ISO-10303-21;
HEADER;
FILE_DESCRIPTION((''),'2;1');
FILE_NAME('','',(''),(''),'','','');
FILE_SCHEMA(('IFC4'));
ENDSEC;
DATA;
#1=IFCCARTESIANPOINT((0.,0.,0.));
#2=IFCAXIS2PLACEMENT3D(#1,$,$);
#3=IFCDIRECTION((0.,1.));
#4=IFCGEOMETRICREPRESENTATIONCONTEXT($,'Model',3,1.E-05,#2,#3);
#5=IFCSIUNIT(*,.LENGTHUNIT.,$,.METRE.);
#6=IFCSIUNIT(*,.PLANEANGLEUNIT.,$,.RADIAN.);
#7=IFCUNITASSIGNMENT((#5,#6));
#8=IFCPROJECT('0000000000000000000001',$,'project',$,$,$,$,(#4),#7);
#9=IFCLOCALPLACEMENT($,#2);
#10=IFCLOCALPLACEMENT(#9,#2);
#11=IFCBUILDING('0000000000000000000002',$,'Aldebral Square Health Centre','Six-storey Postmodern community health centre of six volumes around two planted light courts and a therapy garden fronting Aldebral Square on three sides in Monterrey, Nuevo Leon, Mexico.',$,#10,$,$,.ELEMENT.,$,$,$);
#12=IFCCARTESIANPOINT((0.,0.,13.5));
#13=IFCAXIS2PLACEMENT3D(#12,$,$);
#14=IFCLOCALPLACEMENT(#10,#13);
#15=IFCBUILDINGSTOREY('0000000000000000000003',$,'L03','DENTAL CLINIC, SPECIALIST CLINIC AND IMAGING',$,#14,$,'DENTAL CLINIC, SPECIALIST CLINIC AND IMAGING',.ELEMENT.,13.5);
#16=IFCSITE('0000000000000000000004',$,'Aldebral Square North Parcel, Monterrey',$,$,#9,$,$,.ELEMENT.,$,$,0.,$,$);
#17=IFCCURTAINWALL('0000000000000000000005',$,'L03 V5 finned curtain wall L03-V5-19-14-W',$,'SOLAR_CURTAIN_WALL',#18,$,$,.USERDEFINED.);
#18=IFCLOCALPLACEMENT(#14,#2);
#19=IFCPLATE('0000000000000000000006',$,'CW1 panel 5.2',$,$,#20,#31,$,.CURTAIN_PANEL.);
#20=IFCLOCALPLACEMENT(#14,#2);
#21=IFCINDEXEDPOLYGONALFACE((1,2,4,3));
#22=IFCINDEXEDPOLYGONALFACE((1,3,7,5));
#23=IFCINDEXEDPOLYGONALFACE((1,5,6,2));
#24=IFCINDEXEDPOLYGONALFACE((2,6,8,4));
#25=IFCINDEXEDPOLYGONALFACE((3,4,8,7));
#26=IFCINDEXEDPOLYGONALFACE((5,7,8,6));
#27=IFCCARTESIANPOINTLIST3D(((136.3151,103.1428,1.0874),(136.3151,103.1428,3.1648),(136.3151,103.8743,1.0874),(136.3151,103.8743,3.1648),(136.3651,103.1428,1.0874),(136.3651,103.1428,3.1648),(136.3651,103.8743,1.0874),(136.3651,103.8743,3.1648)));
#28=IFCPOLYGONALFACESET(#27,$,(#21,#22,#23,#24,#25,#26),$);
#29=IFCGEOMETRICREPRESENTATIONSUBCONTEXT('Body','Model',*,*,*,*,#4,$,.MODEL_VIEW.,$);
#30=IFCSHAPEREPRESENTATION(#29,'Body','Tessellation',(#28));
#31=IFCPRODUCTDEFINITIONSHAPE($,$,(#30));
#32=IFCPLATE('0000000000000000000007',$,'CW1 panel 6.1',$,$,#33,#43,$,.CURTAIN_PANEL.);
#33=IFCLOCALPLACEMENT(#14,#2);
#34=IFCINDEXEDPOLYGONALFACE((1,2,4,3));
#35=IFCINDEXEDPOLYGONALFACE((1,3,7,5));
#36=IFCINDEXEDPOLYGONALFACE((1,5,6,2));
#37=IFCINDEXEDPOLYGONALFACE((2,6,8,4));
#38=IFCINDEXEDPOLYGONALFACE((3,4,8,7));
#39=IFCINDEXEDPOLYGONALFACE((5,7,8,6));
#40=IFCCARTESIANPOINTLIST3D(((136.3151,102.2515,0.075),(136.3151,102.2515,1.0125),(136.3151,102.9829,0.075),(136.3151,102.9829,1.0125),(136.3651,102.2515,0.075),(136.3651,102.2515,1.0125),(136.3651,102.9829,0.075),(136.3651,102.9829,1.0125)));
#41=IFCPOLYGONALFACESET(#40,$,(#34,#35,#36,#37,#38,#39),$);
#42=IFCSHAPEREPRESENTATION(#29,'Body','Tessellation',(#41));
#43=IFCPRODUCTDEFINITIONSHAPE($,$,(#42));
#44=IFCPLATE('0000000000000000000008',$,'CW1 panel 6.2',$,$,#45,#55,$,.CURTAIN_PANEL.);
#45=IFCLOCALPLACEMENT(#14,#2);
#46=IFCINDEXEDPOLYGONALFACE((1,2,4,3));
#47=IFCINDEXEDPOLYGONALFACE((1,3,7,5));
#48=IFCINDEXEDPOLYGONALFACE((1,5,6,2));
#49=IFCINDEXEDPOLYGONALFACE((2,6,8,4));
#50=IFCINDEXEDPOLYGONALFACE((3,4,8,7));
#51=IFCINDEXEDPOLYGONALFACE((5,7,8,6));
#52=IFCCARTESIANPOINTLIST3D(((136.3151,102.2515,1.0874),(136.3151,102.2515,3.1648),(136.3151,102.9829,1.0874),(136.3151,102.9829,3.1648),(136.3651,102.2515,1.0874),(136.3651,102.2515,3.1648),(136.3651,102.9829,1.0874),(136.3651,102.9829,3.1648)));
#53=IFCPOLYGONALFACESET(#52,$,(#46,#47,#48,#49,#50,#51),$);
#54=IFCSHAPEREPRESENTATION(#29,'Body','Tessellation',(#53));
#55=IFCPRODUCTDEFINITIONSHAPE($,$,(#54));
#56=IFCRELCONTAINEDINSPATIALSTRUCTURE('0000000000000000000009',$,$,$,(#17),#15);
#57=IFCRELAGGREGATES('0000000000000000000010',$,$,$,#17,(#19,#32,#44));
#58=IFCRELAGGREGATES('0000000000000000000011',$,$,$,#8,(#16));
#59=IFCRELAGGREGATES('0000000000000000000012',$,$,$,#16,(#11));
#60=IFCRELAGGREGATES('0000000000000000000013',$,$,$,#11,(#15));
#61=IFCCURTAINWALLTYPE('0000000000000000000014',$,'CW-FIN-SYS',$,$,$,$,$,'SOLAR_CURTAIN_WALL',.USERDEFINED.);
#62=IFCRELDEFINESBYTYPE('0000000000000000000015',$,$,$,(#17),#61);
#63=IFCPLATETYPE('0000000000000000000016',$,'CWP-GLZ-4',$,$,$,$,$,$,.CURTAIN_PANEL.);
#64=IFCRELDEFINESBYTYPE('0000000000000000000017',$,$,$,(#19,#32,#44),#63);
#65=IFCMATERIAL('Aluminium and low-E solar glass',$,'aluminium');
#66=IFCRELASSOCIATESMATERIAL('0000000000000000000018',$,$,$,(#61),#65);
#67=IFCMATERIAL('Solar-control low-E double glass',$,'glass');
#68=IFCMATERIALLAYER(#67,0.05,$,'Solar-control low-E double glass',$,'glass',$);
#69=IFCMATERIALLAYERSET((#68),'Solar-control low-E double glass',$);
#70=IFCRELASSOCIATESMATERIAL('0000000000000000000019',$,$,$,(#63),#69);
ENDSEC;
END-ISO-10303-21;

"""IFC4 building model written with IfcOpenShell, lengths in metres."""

from ifc_helpers import new_model, si_unit, direction, frame, origin, origin_2d, place, context, subcontext, project, spatial, rectangle, extrude, material, layer, layer_set, type_object, element, aggregate, save


model = new_model("IFC4")

# Units and contexts
model_context = context("Model", 3, precision=1e-05, world=origin(), true_north=direction((0.0, 1.0)))
body_context = subcontext(model_context, "Body", "Model", "MODEL_VIEW")
ifc_project = project(units=[si_unit("LENGTHUNIT", "METRE"), si_unit("PLANEANGLEUNIT", "RADIAN")], contexts=[model_context])

# Site, building, storey
site_placement = place(None, origin())
site = spatial("IfcSite", under=ifc_project, at=site_placement, Name="Aldebral Square North Parcel, Monterrey", CompositionType="ELEMENT", RefElevation=0.0)
building_placement = place(site_placement, origin())
building = spatial("IfcBuilding", under=site, at=building_placement, Name="Aldebral Square Health Centre", Description="Six-storey Postmodern community health centre of six volumes around two planted light courts and a therapy garden fronting Aldebral Square on three sides in Monterrey, Nuevo Leon, Mexico.", CompositionType="ELEMENT")
storey_placement = place(building_placement, frame((0.0, 0.0, 13.5)))
storey = spatial("IfcBuildingStorey", under=building, at=storey_placement, Name="L03", Description="DENTAL CLINIC, SPECIALIST CLINIC AND IMAGING", LongName="DENTAL CLINIC, SPECIALIST CLINIC AND IMAGING", CompositionType="ELEMENT", Elevation=13.5)

# Curtain wall, plates
ifc_material_1 = material(Name="Aluminium and low-E solar glass", Category="aluminium")
curtain_wall_type = type_object("IfcCurtainWallType", Name="CW-FIN-SYS", ElementType="SOLAR_CURTAIN_WALL", PredefinedType="USERDEFINED", material=ifc_material_1)
curtain_wall_placement = place(storey_placement, origin())
curtain_wall = element("IfcCurtainWall", 1, at=curtain_wall_placement, inside=storey, type_object=curtain_wall_type, Name="L03 V5 finned curtain wall L03-V5-19-14-W", ObjectType="SOLAR_CURTAIN_WALL", PredefinedType="USERDEFINED")
ifc_material_2 = material(Name="Solar-control low-E double glass", Category="glass")
ifc_layer = layer(ifc_material_2, 0.05, Name="Solar-control low-E double glass", Category="glass")
ifc_layer_set = layer_set([ifc_layer], Name="Solar-control low-E double glass")
plate_type = type_object("IfcPlateType", Name="CWP-GLZ-4", PredefinedType="CURTAIN_PANEL", material=ifc_layer_set)
plate_1_placement = place(storey_placement, frame((136.3401, 103.5085, 1.0874), z_axis=(0.0, 0.0, 1.0), x_axis=(0.0, -1.0, 0.0)))
plate_1 = element("IfcPlate", 2, at=plate_1_placement, type_object=plate_type, Name="CW1 panel 5.2", PredefinedType="CURTAIN_PANEL", context=body_context, shape_type="SweptSolid", body=[
    extrude(rectangle(XDim=0.7314, YDim=0.05, at=origin_2d()), origin(), (0.0, 0.0, 1.0), 2.0774),
])
plate_2_placement = place(storey_placement, frame((136.3401, 102.6172, 0.075), z_axis=(0.0, 0.0, 1.0), x_axis=(0.0, -1.0, 0.0)))
plate_2 = element("IfcPlate", 3, at=plate_2_placement, type_object=plate_type, Name="CW1 panel 6.1", PredefinedType="CURTAIN_PANEL", context=body_context, shape_type="SweptSolid", body=[
    extrude(rectangle(XDim=0.7314, YDim=0.05, at=origin_2d()), origin(), (0.0, 0.0, 1.0), 0.9375),
])
plate_3_placement = place(storey_placement, frame((136.3401, 102.6172, 1.0874), z_axis=(0.0, 0.0, 1.0), x_axis=(0.0, -1.0, 0.0)))
plate_3 = element("IfcPlate", 4, at=plate_3_placement, type_object=plate_type, Name="CW1 panel 6.2", PredefinedType="CURTAIN_PANEL", context=body_context, shape_type="SweptSolid", body=[
    extrude(rectangle(XDim=0.7314, YDim=0.05, at=origin_2d()), origin(), (0.0, 0.0, 1.0), 2.0774),
])
aggregate(curtain_wall, [plate_1, plate_2, plate_3])

save(model, "model.ifc")
